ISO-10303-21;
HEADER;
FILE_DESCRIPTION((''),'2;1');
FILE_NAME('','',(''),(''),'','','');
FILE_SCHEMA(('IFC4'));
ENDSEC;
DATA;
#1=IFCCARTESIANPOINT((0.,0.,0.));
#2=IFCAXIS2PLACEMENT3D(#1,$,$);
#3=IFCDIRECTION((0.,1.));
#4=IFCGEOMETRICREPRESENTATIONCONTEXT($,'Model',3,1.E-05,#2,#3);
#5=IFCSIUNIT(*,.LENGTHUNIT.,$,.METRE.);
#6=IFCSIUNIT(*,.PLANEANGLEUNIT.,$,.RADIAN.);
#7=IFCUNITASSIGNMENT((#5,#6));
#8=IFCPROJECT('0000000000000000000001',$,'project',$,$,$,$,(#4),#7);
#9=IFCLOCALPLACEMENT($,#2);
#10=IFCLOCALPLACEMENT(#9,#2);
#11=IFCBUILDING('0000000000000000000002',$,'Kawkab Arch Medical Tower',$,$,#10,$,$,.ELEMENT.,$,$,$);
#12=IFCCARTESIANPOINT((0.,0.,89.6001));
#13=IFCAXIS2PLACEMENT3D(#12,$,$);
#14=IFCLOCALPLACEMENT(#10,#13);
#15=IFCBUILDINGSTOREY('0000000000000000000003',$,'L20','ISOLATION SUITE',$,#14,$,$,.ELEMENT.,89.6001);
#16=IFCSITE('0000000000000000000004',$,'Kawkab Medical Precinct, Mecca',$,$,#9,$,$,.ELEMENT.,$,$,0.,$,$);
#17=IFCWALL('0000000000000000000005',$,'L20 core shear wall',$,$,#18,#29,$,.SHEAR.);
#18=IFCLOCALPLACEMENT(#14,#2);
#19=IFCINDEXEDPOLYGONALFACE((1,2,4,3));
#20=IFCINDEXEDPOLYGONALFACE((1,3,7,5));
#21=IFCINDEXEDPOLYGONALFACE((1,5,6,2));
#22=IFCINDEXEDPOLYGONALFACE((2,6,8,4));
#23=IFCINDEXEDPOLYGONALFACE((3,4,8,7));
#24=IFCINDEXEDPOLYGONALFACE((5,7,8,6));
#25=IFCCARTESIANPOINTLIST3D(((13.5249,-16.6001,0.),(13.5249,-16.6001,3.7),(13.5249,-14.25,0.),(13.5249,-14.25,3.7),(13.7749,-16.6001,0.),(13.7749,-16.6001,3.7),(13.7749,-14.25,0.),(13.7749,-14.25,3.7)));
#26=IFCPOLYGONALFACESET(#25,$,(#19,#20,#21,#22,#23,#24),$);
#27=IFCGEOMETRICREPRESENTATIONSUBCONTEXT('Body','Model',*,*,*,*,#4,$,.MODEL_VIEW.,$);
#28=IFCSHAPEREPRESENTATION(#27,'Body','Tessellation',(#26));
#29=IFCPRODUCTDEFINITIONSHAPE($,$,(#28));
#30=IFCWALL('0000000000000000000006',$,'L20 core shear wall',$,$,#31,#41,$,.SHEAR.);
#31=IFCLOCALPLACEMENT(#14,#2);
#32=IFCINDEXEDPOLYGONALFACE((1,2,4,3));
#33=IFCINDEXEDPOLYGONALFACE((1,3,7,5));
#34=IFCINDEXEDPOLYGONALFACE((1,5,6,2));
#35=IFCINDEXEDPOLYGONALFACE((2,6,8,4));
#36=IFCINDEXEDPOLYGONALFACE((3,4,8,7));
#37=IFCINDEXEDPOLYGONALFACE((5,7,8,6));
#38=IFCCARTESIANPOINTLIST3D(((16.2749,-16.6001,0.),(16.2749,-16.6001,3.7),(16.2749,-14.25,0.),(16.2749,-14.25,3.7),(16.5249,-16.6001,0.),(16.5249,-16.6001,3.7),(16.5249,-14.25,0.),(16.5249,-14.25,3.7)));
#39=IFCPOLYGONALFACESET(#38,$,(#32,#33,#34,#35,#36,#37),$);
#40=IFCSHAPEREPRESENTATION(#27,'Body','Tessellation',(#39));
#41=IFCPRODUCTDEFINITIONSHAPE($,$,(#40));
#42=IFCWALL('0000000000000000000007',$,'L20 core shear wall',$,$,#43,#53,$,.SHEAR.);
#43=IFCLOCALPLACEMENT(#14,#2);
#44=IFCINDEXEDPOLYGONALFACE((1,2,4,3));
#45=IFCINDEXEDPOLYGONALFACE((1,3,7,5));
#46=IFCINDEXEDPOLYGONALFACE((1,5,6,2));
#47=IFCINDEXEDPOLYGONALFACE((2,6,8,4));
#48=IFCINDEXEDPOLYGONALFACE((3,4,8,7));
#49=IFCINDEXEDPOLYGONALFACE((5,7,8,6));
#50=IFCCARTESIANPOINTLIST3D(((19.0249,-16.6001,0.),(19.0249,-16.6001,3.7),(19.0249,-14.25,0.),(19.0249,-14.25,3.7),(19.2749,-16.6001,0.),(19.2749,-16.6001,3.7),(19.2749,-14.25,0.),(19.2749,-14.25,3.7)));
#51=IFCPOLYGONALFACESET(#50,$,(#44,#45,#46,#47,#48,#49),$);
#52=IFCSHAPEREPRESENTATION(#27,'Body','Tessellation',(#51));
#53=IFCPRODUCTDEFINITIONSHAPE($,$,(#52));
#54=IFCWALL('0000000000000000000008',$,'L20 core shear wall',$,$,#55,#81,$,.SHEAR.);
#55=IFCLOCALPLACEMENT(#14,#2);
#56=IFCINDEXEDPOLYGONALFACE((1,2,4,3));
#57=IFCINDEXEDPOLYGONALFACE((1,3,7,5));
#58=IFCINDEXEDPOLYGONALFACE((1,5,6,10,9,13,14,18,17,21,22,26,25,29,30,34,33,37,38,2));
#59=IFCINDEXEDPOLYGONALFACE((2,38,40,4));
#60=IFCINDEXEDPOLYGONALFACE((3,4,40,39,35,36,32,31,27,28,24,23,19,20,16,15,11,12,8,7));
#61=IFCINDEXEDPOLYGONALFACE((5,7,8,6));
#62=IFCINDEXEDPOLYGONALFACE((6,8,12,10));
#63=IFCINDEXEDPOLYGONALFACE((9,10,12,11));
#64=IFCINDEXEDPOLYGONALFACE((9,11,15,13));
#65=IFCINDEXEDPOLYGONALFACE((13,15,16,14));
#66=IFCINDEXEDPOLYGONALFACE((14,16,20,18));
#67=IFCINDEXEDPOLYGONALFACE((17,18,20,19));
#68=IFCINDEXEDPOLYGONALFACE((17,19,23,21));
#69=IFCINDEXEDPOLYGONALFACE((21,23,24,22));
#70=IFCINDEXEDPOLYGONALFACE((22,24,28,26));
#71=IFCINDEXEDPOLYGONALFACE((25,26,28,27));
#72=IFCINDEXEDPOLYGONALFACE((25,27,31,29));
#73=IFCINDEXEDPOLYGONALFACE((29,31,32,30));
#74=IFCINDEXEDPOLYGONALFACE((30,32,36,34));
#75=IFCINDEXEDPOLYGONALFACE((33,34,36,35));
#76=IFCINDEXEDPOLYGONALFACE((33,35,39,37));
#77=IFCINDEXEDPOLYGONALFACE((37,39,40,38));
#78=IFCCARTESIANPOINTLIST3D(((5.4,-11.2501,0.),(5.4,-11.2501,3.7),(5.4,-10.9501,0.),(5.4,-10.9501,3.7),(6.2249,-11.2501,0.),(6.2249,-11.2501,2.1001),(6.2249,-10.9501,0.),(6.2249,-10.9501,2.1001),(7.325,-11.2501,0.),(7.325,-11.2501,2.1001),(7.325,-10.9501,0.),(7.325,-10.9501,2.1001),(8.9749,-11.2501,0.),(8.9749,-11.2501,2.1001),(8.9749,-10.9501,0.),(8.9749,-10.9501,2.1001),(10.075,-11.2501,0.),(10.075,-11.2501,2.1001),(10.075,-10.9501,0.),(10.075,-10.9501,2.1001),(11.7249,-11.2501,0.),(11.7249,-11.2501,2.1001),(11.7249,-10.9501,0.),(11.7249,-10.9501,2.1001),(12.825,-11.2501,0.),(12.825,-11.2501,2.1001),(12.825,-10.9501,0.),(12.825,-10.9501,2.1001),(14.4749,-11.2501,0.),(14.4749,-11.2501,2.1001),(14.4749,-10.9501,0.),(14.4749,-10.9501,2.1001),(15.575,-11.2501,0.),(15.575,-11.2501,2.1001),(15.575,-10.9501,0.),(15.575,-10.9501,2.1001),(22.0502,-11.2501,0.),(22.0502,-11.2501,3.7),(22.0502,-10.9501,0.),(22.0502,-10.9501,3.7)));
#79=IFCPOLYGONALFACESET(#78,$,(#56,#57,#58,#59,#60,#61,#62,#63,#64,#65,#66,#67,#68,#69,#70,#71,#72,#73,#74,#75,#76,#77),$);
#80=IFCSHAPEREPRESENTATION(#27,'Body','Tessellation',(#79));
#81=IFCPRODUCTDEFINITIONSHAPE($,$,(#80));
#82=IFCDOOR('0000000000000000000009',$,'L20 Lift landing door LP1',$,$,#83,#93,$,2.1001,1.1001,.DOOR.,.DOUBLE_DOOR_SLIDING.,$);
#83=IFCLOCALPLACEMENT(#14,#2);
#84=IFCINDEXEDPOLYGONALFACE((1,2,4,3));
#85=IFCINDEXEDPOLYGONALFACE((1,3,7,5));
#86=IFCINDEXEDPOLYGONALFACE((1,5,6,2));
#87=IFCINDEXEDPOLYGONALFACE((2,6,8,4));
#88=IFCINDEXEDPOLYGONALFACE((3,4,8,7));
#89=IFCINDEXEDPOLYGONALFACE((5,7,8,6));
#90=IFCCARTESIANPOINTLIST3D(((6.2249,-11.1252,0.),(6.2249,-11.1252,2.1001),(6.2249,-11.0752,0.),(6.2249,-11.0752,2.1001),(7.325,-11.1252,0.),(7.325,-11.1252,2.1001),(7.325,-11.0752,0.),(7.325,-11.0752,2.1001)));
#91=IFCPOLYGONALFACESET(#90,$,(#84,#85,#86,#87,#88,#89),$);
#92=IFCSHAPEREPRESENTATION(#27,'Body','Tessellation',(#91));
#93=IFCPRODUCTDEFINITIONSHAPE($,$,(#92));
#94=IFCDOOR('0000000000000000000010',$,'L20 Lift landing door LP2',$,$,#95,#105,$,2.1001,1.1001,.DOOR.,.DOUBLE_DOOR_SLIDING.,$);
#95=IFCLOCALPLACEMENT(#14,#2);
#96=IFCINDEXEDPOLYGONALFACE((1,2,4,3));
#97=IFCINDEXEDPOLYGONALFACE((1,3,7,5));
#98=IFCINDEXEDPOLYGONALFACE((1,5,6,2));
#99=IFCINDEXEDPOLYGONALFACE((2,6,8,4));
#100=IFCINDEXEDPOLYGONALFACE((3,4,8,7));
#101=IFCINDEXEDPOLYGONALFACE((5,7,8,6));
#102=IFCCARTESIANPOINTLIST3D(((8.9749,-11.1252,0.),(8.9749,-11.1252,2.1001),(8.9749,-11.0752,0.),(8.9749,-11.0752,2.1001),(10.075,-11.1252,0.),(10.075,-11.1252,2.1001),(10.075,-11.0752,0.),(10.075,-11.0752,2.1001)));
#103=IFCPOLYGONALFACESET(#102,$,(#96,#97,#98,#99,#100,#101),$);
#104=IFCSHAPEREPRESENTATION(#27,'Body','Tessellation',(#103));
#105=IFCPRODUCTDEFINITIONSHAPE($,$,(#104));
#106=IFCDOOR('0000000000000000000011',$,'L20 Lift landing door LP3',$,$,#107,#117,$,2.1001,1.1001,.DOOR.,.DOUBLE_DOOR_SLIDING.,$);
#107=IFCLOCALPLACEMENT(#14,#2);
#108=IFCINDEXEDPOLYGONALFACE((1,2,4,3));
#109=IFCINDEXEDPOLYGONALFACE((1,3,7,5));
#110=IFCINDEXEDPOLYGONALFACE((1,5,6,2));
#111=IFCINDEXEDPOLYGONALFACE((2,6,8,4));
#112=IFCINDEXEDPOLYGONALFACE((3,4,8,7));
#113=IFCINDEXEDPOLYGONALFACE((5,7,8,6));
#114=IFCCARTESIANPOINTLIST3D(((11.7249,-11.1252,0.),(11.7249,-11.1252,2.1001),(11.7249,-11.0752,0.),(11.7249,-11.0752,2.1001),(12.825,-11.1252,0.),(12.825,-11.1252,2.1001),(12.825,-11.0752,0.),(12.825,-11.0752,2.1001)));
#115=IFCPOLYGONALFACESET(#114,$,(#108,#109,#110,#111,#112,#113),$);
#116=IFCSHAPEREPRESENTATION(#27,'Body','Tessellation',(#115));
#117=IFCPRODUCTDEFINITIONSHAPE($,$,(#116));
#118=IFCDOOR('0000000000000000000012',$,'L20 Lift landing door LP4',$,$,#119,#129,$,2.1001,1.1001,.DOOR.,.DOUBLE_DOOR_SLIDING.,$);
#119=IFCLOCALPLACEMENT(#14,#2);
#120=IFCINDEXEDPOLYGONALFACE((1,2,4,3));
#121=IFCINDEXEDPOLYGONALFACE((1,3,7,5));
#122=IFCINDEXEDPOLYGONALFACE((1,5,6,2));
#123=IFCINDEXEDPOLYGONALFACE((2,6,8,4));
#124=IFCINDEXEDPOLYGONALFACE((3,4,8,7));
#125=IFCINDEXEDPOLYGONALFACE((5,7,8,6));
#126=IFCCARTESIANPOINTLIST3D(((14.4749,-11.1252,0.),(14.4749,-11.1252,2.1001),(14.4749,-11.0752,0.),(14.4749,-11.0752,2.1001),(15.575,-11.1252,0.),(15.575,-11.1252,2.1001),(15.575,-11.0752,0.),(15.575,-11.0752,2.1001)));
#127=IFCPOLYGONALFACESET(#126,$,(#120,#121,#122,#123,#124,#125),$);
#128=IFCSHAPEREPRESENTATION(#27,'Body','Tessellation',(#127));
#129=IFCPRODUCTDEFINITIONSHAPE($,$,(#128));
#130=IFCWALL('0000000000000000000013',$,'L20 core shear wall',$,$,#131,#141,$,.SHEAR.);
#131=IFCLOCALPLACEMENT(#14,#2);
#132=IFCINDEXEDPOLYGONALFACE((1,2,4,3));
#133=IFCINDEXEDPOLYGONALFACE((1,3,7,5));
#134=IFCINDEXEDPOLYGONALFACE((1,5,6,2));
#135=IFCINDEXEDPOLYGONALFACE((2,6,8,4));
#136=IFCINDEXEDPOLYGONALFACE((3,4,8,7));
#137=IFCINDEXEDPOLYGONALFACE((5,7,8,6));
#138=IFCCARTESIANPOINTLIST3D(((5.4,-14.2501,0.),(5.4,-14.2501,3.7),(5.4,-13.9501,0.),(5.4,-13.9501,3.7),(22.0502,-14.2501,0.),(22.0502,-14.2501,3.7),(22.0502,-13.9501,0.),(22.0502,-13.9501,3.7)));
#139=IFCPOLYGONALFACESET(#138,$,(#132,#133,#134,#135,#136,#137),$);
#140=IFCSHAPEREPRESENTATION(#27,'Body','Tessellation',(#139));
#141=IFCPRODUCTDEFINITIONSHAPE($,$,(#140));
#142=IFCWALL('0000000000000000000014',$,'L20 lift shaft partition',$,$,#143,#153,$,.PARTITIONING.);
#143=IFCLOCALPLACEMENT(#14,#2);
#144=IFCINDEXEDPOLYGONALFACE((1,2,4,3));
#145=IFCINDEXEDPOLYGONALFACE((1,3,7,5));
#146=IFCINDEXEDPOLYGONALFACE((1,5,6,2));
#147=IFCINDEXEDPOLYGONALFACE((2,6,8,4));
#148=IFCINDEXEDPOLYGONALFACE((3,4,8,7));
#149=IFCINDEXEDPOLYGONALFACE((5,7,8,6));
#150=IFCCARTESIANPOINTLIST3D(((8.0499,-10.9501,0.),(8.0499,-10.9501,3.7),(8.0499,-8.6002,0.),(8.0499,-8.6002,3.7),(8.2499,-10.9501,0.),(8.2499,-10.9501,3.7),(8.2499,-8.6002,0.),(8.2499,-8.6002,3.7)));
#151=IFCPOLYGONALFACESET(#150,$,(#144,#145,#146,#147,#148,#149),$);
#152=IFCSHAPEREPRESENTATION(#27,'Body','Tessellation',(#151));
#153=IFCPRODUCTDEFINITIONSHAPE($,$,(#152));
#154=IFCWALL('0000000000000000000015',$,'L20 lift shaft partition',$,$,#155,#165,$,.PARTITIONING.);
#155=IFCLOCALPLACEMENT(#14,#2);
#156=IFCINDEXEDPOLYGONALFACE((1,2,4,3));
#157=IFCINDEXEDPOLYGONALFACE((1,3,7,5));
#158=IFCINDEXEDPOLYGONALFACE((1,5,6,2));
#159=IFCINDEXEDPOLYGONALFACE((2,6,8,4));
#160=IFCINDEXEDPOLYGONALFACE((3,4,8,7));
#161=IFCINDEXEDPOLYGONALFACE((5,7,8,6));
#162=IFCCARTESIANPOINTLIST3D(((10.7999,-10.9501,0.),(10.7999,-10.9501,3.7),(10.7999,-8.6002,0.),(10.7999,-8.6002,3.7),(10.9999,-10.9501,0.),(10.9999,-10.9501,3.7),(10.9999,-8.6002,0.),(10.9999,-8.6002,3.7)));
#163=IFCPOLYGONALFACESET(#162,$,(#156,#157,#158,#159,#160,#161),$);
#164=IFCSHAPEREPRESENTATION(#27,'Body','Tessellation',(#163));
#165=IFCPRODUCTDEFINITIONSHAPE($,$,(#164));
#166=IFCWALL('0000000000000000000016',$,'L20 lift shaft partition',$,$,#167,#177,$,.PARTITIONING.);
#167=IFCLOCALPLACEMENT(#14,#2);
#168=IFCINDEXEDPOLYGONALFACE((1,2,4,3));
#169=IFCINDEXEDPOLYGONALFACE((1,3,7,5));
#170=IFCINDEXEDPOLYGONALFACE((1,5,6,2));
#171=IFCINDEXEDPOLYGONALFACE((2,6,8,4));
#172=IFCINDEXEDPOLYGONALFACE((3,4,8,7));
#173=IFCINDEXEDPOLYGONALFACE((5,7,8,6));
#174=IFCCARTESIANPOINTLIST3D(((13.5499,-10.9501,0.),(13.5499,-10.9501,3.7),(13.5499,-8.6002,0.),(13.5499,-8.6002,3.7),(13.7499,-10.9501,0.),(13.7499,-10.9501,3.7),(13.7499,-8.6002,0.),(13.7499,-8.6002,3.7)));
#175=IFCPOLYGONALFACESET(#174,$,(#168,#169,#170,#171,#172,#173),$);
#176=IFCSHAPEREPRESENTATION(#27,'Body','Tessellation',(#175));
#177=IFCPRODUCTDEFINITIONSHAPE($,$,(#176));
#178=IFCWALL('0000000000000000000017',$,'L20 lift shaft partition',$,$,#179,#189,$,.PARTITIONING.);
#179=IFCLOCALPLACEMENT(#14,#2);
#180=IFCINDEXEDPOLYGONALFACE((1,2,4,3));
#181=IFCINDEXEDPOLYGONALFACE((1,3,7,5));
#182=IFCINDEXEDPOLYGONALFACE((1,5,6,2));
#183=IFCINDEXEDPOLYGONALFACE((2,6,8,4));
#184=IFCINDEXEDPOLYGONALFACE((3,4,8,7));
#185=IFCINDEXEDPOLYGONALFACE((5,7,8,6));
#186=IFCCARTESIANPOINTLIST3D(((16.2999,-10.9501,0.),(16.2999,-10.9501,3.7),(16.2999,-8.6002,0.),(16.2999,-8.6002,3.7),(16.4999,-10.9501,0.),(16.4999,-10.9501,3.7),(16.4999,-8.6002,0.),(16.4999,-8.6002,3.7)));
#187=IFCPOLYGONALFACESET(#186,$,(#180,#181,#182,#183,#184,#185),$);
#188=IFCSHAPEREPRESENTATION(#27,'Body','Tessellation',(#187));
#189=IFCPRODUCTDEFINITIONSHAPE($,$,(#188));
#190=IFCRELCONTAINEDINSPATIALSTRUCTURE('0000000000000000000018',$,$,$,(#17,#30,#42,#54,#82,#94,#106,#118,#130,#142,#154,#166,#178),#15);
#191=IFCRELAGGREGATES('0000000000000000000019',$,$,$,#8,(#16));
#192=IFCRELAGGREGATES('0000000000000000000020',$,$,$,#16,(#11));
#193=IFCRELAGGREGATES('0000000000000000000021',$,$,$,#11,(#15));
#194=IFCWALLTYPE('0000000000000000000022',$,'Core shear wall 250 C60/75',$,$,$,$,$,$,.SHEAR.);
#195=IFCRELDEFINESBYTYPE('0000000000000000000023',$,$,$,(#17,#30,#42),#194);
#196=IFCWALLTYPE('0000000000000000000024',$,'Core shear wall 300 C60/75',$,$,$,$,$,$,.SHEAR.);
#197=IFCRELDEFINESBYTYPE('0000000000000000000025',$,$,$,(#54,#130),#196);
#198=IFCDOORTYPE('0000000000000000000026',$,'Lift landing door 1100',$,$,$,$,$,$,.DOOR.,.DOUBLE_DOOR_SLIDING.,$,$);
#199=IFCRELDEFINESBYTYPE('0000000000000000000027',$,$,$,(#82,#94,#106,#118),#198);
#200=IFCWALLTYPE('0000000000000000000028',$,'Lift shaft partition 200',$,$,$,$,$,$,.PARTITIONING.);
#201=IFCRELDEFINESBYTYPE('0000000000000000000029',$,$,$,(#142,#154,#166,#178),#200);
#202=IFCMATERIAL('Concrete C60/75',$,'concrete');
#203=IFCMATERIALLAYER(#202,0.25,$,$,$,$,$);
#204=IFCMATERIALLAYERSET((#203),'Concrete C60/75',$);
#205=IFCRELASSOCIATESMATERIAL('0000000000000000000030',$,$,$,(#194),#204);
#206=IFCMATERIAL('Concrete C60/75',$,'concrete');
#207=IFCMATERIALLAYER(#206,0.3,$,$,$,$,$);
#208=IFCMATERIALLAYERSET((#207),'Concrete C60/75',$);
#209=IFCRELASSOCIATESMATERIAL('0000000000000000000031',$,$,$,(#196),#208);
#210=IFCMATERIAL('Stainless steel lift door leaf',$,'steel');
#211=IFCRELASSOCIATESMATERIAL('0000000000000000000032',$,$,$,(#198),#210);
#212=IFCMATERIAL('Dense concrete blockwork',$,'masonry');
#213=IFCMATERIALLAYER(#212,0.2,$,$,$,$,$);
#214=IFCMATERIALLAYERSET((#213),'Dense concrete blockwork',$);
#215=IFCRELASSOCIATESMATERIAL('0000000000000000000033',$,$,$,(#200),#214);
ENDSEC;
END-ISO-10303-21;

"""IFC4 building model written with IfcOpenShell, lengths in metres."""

from ifc_helpers import new_model, si_unit, direction, frame, frame_2d, origin, place, context, subcontext, project, spatial, rectangle, extrude, material, layer, layer_set, type_object, element, fill, save


model = new_model("IFC4")

# Units and contexts
model_context = context("Model", 3, precision=1e-05, world=origin(), true_north=direction((0.0, 1.0)))
body_context = subcontext(model_context, "Body", "Model", "MODEL_VIEW")
ifc_project = project(units=[si_unit("LENGTHUNIT", "METRE"), si_unit("PLANEANGLEUNIT", "RADIAN")], contexts=[model_context])

# Site, building, storey
site_placement = place(None, origin())
site = spatial("IfcSite", under=ifc_project, at=site_placement, Name="Kawkab Medical Precinct, Mecca", CompositionType="ELEMENT", RefElevation=0.0)
building_placement = place(site_placement, origin())
building = spatial("IfcBuilding", under=site, at=building_placement, Name="Kawkab Arch Medical Tower", CompositionType="ELEMENT")
storey_placement = place(building_placement, frame((0.0, 0.0, 89.6001)))
storey = spatial("IfcBuildingStorey", under=building, at=storey_placement, Name="L20", Description="ISOLATION SUITE", CompositionType="ELEMENT", Elevation=89.6001)

# Walls
ifc_material_1 = material(Name="Concrete C60/75", Category="concrete")
ifc_layer_1 = layer(ifc_material_1, 0.25)
ifc_layer_set_1 = layer_set([ifc_layer_1], Name="Concrete C60/75")
wall_type_1 = type_object("IfcWallType", Name="Core shear wall 250 C60/75", PredefinedType="SHEAR", material=ifc_layer_set_1)
for number, where, z_axis, x_axis, name in (
    (1, (13.6499, -16.6001, 0.0), (0.0, 0.0, 1.0), (0.0, 1.0, 0.0), "L20 core shear wall"),
    (2, (16.3999, -16.6001, 0.0), (0.0, 0.0, 1.0), (0.0, 1.0, 0.0), "L20 core shear wall"),
    (3, (19.1499, -16.6001, 0.0), (0.0, 0.0, 1.0), (0.0, 1.0, 0.0), "L20 core shear wall"),
):
    element("IfcWall", number, at=place(storey_placement, frame(where, z_axis=z_axis, x_axis=x_axis)), inside=storey, type_object=wall_type_1, Name=name, PredefinedType="SHEAR", context=body_context, shape_type="SweptSolid", body=[
        extrude(rectangle(XDim=2.3501, YDim=0.25, at=frame_2d((1.175, 0.0))), origin(), (0.0, 0.0, 1.0), 3.7),
    ])

# Wall, openings, doors
ifc_material_2 = material(Name="Concrete C60/75", Category="concrete")
ifc_layer_2 = layer(ifc_material_2, 0.3)
ifc_layer_set_2 = layer_set([ifc_layer_2], Name="Concrete C60/75")
wall_type_2 = type_object("IfcWallType", Name="Core shear wall 300 C60/75", PredefinedType="SHEAR", material=ifc_layer_set_2)
wall_1_placement = place(storey_placement, frame((5.3999, -11.1001, 0.0), z_axis=(0.0, 0.0, 1.0), x_axis=(1.0, 0.0, 0.0)))
wall_1 = element("IfcWall", 4, at=wall_1_placement, inside=storey, type_object=wall_type_2, Name="L20 core shear wall", PredefinedType="SHEAR", context=body_context, shape_type="SweptSolid", body=[
    extrude(rectangle(XDim=16.6501, YDim=0.3, at=frame_2d((8.3252, 0.0))), origin(), (0.0, 0.0, 1.0), 3.7),
])
opening_1_placement = place(wall_1_placement, frame((0.825, 0.0, 0.0)))
opening_1 = element("IfcOpeningElement", 5, at=opening_1_placement, cuts=wall_1, PredefinedType="OPENING", context=body_context, shape_type="SweptSolid", body=[
    extrude(rectangle(XDim=1.1001, YDim=2.1001, at=frame_2d((0.55, 1.05))), frame((0.0, 0.1599, 0.0), z_axis=(0.0, -1.0, 0.0), x_axis=(1.0, 0.0, 0.0)), (0.0, 0.0, 1.0), 0.3201),
])
opening_2_placement = place(wall_1_placement, frame((3.575, 0.0, 0.0)))
opening_2 = element("IfcOpeningElement", 6, at=opening_2_placement, cuts=wall_1, PredefinedType="OPENING", context=body_context, shape_type="SweptSolid", body=[
    extrude(rectangle(XDim=1.1001, YDim=2.1001, at=frame_2d((0.55, 1.05))), frame((0.0, 0.1599, 0.0), z_axis=(0.0, -1.0, 0.0), x_axis=(1.0, 0.0, 0.0)), (0.0, 0.0, 1.0), 0.3201),
])
opening_3_placement = place(wall_1_placement, frame((6.325, 0.0, 0.0)))
opening_3 = element("IfcOpeningElement", 7, at=opening_3_placement, cuts=wall_1, PredefinedType="OPENING", context=body_context, shape_type="SweptSolid", body=[
    extrude(rectangle(XDim=1.1001, YDim=2.1001, at=frame_2d((0.55, 1.05))), frame((0.0, 0.1599, 0.0), z_axis=(0.0, -1.0, 0.0), x_axis=(1.0, 0.0, 0.0)), (0.0, 0.0, 1.0), 0.3201),
])
opening_4_placement = place(wall_1_placement, frame((9.075, 0.0, 0.0)))
opening_4 = element("IfcOpeningElement", 8, at=opening_4_placement, cuts=wall_1, PredefinedType="OPENING", context=body_context, shape_type="SweptSolid", body=[
    extrude(rectangle(XDim=1.1001, YDim=2.1001, at=frame_2d((0.55, 1.05))), frame((0.0, 0.1599, 0.0), z_axis=(0.0, -1.0, 0.0), x_axis=(1.0, 0.0, 0.0)), (0.0, 0.0, 1.0), 0.3201),
])
ifc_material_3 = material(Name="Stainless steel lift door leaf", Category="steel")
door_type = type_object("IfcDoorType", Name="Lift landing door 1100", OperationType="DOUBLE_DOOR_SLIDING", PredefinedType="DOOR", material=ifc_material_3)
door_1_placement = place(opening_1_placement, origin())
door_1 = element("IfcDoor", 9, at=door_1_placement, inside=storey, type_object=door_type, Name="L20 Lift landing door LP1", OperationType="DOUBLE_DOOR_SLIDING", OverallHeight=2.1001, OverallWidth=1.1001, PredefinedType="DOOR", context=body_context, shape_type="SweptSolid", body=[
    extrude(rectangle(XDim=1.1001, YDim=2.1001, at=frame_2d((0.55, 1.05))), frame((0.0, 0.0249, 0.0), z_axis=(0.0, -1.0, 0.0), x_axis=(1.0, 0.0, 0.0)), (0.0, 0.0, 1.0), 0.05),
])
fill(opening_1, door_1)
door_2_placement = place(opening_2_placement, origin())
door_2 = element("IfcDoor", 10, at=door_2_placement, inside=storey, type_object=door_type, Name="L20 Lift landing door LP2", OperationType="DOUBLE_DOOR_SLIDING", OverallHeight=2.1001, OverallWidth=1.1001, PredefinedType="DOOR", context=body_context, shape_type="SweptSolid", body=[
    extrude(rectangle(XDim=1.1001, YDim=2.1001, at=frame_2d((0.55, 1.05))), frame((0.0, 0.0249, 0.0), z_axis=(0.0, -1.0, 0.0), x_axis=(1.0, 0.0, 0.0)), (0.0, 0.0, 1.0), 0.05),
])
fill(opening_2, door_2)
door_3_placement = place(opening_3_placement, origin())
door_3 = element("IfcDoor", 11, at=door_3_placement, inside=storey, type_object=door_type, Name="L20 Lift landing door LP3", OperationType="DOUBLE_DOOR_SLIDING", OverallHeight=2.1001, OverallWidth=1.1001, PredefinedType="DOOR", context=body_context, shape_type="SweptSolid", body=[
    extrude(rectangle(XDim=1.1001, YDim=2.1001, at=frame_2d((0.55, 1.05))), frame((0.0, 0.0249, 0.0), z_axis=(0.0, -1.0, 0.0), x_axis=(1.0, 0.0, 0.0)), (0.0, 0.0, 1.0), 0.05),
])
fill(opening_3, door_3)
door_4_placement = place(opening_4_placement, origin())
door_4 = element("IfcDoor", 12, at=door_4_placement, inside=storey, type_object=door_type, Name="L20 Lift landing door LP4", OperationType="DOUBLE_DOOR_SLIDING", OverallHeight=2.1001, OverallWidth=1.1001, PredefinedType="DOOR", context=body_context, shape_type="SweptSolid", body=[
    extrude(rectangle(XDim=1.1001, YDim=2.1001, at=frame_2d((0.55, 1.05))), frame((0.0, 0.0249, 0.0), z_axis=(0.0, -1.0, 0.0), x_axis=(1.0, 0.0, 0.0)), (0.0, 0.0, 1.0), 0.05),
])
fill(opening_4, door_4)

# Walls
wall_2_placement = place(storey_placement, frame((5.3999, -14.1001, 0.0), z_axis=(0.0, 0.0, 1.0), x_axis=(1.0, 0.0, 0.0)))
element("IfcWall", 13, at=wall_2_placement, inside=storey, type_object=wall_type_2, Name="L20 core shear wall", PredefinedType="SHEAR", context=body_context, shape_type="SweptSolid", body=[
    extrude(rectangle(XDim=16.6501, YDim=0.3, at=frame_2d((8.3252, 0.0))), origin(), (0.0, 0.0, 1.0), 3.7),
])
ifc_material_4 = material(Name="Dense concrete blockwork", Category="masonry")
ifc_layer_3 = layer(ifc_material_4, 0.2)
ifc_layer_set_3 = layer_set([ifc_layer_3], Name="Dense concrete blockwork")
wall_type_3 = type_object("IfcWallType", Name="Lift shaft partition 200", PredefinedType="PARTITIONING", material=ifc_layer_set_3)
for number, where, z_axis, x_axis, name in (
    (14, (8.1499, -10.95, 0.0), (0.0, 0.0, 1.0), (0.0, 1.0, 0.0), "L20 lift shaft partition"),
    (15, (10.8999, -10.95, 0.0), (0.0, 0.0, 1.0), (0.0, 1.0, 0.0), "L20 lift shaft partition"),
    (16, (13.6499, -10.95, 0.0), (0.0, 0.0, 1.0), (0.0, 1.0, 0.0), "L20 lift shaft partition"),
    (17, (16.3999, -10.95, 0.0), (0.0, 0.0, 1.0), (0.0, 1.0, 0.0), "L20 lift shaft partition"),
):
    element("IfcWall", number, at=place(storey_placement, frame(where, z_axis=z_axis, x_axis=x_axis)), inside=storey, type_object=wall_type_3, Name=name, PredefinedType="PARTITIONING", context=body_context, shape_type="SweptSolid", body=[
        extrude(rectangle(XDim=2.3499, YDim=0.2, at=frame_2d((1.1748, 0.0))), origin(), (0.0, 0.0, 1.0), 3.7),
    ])

save(model, "model.ifc")
